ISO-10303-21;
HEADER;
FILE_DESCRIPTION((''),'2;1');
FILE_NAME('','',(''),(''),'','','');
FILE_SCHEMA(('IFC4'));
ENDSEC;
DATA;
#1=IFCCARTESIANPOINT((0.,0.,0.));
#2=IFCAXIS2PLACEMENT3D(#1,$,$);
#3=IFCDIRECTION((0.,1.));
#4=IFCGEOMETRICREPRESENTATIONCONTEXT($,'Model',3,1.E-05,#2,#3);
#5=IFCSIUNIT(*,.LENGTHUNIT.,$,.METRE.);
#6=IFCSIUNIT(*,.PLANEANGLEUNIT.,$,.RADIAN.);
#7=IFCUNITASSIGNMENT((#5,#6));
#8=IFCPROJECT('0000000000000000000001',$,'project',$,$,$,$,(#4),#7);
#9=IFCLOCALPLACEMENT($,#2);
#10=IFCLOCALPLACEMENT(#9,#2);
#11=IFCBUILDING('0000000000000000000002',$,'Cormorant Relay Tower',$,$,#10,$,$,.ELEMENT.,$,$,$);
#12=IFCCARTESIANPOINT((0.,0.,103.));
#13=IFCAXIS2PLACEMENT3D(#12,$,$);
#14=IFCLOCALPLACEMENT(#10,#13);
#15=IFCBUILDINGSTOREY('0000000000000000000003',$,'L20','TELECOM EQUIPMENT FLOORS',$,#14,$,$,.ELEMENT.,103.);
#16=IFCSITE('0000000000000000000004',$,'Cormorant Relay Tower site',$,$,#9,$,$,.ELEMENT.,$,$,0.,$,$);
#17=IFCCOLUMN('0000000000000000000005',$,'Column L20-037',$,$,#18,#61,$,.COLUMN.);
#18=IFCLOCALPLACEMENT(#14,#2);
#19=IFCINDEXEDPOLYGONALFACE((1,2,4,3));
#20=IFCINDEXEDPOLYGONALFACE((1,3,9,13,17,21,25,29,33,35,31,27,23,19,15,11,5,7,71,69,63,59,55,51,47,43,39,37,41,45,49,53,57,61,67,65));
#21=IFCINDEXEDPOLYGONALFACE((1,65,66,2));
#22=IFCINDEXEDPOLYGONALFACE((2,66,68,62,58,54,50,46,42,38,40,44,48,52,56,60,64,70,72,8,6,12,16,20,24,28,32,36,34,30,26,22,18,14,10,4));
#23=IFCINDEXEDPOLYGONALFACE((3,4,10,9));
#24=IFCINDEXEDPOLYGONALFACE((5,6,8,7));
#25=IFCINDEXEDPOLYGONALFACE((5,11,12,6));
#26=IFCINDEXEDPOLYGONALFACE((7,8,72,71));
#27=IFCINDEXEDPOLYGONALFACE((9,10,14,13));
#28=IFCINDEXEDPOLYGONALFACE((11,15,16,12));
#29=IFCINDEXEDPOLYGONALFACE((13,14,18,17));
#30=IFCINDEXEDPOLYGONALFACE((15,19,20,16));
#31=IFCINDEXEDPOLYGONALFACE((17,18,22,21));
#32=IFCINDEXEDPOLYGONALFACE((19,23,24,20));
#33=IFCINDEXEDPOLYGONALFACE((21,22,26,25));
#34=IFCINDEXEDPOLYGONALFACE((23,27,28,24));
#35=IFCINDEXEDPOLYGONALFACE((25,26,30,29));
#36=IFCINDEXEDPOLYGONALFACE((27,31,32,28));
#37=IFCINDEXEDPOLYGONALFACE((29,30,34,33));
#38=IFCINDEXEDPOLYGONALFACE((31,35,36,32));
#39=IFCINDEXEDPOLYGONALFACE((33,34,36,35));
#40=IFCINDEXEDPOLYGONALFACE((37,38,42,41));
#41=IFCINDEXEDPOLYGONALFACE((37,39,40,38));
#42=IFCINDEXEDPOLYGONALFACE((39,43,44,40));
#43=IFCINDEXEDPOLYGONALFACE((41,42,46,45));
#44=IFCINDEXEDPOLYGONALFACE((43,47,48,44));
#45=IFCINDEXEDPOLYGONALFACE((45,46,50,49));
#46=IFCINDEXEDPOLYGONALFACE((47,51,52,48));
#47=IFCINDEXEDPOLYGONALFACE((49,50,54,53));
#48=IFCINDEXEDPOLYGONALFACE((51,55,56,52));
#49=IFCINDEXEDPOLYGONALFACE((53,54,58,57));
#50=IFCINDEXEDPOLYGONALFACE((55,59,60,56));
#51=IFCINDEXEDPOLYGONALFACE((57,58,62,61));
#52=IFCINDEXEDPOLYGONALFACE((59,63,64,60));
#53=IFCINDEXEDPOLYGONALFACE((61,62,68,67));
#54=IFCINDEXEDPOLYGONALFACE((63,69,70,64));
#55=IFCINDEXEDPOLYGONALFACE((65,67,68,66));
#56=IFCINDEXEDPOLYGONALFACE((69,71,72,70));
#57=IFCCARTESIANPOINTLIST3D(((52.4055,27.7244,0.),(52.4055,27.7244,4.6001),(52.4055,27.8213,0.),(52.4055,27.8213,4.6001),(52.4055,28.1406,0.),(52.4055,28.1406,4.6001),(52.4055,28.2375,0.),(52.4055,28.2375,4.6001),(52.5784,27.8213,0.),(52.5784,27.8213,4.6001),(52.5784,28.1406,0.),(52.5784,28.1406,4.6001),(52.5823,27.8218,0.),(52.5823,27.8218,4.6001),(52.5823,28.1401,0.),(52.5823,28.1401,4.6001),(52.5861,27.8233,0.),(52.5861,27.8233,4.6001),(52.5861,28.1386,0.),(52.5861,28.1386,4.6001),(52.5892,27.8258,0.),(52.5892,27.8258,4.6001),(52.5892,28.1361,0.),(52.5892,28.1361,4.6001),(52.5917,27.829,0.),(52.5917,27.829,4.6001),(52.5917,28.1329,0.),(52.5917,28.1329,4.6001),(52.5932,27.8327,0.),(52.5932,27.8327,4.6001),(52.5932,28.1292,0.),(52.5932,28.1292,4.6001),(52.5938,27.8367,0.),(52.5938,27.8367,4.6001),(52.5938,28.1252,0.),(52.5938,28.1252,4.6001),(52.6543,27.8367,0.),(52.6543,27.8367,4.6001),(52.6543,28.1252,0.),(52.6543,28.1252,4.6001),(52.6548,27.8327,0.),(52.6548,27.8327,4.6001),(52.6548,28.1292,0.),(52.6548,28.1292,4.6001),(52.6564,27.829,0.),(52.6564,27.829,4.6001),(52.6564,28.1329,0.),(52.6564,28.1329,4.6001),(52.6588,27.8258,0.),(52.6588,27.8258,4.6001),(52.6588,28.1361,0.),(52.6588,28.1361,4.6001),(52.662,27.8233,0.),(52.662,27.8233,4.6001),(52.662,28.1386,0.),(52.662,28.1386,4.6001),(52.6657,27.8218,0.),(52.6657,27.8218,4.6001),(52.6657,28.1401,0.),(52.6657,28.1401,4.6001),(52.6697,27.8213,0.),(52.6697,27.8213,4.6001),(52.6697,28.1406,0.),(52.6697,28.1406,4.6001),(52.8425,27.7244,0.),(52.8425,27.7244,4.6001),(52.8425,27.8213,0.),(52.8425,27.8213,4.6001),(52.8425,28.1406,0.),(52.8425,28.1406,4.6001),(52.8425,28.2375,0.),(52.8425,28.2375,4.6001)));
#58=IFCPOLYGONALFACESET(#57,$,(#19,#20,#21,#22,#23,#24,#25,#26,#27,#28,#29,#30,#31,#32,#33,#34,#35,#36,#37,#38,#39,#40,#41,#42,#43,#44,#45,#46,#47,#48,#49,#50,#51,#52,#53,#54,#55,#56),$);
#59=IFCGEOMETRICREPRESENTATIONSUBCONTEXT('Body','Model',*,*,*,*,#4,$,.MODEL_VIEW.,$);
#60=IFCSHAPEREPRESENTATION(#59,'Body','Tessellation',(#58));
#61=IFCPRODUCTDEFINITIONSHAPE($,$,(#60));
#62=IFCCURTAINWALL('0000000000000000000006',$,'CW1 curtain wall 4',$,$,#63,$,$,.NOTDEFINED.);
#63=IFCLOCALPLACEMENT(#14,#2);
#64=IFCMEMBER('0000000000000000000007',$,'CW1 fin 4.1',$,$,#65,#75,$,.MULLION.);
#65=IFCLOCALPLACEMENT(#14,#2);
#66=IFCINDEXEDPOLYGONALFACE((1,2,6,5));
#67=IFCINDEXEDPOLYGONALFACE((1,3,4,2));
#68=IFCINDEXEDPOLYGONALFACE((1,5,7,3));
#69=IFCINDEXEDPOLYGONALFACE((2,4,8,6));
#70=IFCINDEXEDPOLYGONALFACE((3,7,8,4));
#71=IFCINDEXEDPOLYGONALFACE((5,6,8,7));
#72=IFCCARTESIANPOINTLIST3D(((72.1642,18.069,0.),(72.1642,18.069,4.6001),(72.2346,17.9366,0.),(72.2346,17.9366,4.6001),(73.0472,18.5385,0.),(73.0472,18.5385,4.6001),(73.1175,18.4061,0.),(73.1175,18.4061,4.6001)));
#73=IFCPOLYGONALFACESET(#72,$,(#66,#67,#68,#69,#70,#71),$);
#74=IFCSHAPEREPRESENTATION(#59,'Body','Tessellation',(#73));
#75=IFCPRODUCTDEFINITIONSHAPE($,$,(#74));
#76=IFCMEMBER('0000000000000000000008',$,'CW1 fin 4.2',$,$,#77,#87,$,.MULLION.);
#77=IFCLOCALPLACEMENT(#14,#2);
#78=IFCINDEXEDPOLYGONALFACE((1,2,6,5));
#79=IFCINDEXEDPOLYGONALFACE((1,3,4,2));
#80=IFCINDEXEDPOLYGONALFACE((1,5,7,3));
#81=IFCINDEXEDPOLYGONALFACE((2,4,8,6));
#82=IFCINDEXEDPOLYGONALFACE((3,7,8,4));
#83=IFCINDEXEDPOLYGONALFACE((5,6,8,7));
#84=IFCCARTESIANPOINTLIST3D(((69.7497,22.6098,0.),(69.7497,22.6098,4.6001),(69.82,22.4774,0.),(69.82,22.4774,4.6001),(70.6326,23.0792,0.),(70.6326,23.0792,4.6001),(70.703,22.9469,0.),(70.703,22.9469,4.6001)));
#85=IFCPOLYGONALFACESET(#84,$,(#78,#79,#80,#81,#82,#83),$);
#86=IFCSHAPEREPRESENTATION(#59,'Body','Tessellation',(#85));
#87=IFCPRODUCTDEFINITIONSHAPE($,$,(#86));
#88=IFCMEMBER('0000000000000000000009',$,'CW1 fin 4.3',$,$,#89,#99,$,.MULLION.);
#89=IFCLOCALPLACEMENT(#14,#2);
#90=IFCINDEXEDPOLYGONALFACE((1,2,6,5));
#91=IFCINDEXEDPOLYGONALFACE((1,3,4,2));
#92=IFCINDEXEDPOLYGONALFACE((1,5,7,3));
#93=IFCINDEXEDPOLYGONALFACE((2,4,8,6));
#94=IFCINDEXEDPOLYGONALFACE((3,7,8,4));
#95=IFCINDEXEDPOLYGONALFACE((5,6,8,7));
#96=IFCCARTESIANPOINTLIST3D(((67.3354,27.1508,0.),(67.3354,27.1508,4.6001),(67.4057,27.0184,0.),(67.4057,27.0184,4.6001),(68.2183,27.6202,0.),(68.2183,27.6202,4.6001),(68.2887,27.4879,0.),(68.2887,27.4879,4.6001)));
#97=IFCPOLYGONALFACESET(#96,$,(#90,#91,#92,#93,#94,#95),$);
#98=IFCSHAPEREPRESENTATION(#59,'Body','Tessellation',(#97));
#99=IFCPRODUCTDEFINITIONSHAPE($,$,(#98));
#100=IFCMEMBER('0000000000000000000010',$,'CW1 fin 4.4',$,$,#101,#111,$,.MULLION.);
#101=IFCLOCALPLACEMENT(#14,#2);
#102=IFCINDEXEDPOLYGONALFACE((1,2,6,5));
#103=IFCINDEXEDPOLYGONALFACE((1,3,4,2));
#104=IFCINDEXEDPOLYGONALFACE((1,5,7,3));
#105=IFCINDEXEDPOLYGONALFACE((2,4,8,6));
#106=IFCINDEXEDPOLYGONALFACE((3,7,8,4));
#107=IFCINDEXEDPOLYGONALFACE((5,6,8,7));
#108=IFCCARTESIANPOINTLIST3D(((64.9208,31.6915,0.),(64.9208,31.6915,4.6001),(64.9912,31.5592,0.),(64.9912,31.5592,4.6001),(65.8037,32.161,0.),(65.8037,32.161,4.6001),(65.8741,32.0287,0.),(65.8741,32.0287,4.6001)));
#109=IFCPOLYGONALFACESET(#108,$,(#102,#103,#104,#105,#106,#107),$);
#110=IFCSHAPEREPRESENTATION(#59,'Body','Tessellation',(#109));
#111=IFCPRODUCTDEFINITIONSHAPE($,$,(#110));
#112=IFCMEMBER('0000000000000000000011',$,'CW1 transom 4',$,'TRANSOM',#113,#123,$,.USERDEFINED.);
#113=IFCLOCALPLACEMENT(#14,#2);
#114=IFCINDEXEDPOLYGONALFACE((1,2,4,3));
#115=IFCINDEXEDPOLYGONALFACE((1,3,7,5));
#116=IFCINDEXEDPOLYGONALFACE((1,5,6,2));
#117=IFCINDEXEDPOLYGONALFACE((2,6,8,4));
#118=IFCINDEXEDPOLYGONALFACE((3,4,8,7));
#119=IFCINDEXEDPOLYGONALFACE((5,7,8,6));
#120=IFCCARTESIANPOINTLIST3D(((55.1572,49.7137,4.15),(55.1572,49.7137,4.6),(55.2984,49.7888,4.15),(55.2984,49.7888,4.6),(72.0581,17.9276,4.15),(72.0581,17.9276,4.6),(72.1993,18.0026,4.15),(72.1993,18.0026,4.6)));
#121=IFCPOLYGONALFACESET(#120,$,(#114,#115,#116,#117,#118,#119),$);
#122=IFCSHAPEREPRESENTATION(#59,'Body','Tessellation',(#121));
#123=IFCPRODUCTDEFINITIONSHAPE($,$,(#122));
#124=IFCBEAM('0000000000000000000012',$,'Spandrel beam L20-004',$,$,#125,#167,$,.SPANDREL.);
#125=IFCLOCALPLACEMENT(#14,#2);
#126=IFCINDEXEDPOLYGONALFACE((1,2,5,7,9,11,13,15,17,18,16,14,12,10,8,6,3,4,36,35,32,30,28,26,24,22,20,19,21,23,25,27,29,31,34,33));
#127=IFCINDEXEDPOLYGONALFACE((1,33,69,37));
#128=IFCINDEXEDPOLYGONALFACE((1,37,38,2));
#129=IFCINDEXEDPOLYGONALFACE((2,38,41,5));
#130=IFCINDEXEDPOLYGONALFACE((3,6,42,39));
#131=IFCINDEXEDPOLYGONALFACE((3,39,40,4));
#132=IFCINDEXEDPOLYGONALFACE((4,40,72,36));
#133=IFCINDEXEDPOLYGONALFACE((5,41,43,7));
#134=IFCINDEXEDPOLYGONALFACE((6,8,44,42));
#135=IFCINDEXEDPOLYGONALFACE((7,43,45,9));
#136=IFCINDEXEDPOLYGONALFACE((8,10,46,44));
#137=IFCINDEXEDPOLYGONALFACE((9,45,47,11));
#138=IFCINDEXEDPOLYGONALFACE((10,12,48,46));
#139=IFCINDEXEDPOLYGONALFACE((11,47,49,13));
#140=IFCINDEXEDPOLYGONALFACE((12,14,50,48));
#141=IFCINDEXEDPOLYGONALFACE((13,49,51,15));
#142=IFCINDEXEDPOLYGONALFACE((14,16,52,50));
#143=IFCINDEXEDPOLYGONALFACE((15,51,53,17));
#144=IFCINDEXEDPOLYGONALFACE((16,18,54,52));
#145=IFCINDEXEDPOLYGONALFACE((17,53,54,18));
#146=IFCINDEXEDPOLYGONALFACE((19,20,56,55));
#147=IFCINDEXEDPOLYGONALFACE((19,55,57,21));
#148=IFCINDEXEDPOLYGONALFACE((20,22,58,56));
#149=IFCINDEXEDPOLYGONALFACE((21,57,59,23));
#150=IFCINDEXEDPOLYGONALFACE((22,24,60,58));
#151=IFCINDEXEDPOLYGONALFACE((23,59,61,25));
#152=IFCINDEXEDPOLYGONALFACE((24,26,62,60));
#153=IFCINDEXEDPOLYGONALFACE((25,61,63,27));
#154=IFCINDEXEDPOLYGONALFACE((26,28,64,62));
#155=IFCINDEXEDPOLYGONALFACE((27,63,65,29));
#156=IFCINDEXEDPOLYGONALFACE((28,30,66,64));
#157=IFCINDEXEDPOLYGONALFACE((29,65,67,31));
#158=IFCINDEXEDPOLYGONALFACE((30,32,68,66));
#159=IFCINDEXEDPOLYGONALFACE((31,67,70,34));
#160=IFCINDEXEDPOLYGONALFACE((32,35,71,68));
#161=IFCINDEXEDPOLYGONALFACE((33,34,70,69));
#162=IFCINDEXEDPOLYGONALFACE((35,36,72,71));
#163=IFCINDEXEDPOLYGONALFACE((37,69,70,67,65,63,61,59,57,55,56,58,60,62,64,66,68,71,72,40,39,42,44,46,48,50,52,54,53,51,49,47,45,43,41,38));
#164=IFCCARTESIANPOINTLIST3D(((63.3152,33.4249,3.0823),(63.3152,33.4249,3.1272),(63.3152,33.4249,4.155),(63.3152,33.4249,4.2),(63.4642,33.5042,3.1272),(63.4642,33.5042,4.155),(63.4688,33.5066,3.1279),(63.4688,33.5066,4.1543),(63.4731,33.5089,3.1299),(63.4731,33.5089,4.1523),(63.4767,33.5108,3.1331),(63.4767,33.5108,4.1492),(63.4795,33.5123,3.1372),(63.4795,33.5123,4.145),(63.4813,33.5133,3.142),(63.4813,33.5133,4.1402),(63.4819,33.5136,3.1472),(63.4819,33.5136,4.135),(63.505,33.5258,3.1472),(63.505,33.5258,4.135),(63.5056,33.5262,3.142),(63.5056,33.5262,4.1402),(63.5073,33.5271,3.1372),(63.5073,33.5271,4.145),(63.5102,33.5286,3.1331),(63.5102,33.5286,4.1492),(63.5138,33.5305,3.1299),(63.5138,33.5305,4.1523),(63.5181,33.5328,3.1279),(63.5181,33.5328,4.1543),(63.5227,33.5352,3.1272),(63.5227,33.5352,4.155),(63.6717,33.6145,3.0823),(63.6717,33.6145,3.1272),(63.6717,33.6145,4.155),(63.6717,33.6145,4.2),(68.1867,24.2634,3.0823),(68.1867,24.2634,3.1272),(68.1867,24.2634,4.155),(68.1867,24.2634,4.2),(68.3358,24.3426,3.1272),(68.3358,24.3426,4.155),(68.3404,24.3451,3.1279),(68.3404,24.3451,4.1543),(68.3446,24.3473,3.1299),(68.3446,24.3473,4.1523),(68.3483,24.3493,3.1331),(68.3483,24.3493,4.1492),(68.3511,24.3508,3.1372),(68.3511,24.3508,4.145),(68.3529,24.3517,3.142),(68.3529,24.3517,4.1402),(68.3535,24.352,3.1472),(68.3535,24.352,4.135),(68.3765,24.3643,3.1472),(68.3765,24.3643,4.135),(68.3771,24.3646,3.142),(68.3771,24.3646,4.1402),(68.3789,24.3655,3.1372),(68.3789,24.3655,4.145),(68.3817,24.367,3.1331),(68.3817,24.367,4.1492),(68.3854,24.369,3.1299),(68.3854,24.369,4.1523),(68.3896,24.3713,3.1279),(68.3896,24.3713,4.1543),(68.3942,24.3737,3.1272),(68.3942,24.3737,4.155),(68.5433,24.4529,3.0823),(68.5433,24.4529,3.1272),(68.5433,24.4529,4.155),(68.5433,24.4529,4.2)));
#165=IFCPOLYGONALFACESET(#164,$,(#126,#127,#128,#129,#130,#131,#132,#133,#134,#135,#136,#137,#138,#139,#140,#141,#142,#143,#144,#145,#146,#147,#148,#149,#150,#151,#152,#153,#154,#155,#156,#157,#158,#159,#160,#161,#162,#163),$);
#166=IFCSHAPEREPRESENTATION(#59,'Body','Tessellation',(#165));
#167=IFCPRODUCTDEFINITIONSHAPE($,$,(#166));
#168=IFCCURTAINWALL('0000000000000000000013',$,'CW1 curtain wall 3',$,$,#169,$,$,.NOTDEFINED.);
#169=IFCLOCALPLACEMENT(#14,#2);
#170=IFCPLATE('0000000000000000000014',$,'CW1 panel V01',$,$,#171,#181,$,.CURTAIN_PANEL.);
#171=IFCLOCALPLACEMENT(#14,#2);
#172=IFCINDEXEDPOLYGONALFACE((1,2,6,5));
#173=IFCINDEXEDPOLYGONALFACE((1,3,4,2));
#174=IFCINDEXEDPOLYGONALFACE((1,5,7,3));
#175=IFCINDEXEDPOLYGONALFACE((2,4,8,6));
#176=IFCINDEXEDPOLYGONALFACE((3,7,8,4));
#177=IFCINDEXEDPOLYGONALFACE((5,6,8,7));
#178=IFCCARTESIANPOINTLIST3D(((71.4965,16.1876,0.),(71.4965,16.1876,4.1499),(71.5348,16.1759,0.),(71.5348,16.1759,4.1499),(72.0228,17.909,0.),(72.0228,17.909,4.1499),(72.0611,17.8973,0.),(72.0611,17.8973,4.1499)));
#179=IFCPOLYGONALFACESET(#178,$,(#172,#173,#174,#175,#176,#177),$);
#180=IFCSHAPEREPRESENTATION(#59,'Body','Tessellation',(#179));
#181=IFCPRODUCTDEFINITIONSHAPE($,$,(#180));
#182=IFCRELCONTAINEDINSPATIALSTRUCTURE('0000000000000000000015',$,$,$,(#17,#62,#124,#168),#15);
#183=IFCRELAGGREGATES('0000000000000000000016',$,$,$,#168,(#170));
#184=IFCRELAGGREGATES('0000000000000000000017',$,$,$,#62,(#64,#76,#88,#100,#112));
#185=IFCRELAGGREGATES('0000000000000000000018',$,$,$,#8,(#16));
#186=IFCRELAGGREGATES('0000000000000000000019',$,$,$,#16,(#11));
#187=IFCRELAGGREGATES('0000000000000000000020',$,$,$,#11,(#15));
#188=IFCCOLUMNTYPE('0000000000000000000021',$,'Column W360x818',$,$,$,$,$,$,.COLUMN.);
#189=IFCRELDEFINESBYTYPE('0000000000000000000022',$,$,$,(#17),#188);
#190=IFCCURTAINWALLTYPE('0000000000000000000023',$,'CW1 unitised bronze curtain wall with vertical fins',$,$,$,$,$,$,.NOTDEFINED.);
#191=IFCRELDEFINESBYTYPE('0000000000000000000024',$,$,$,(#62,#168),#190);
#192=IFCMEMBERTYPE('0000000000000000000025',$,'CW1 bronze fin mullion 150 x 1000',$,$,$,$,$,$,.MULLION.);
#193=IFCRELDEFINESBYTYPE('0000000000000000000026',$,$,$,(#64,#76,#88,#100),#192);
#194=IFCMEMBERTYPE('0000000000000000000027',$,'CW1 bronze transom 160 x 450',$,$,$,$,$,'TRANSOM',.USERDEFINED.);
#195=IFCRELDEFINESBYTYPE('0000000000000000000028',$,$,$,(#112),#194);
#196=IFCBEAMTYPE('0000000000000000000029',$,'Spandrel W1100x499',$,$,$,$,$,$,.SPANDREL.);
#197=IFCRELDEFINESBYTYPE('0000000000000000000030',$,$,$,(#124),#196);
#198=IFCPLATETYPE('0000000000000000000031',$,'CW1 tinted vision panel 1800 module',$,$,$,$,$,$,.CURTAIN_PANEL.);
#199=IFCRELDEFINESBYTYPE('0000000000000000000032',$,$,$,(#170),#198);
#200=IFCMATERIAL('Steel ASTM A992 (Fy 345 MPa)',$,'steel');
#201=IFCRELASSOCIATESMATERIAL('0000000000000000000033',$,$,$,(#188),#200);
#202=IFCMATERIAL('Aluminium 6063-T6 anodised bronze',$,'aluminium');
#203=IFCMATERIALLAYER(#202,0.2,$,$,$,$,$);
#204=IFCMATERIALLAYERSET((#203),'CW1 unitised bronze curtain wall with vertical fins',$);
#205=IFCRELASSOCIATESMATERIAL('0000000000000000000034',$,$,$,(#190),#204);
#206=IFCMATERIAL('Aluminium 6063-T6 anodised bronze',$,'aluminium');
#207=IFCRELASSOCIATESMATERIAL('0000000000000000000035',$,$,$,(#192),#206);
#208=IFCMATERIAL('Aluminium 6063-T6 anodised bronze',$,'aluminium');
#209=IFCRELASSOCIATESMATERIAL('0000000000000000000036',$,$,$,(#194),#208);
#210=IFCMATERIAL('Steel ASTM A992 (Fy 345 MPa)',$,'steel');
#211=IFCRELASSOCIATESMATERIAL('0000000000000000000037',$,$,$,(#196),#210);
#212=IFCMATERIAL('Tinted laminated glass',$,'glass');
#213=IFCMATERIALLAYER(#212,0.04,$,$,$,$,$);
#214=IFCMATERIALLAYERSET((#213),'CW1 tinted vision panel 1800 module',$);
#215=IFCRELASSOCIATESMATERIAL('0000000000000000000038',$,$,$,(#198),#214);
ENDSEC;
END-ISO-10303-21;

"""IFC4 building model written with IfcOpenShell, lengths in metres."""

from ifc_helpers import new_model, si_unit, direction, frame, origin, origin_2d, place, context, subcontext, project, spatial, rectangle, i_section, extrude, material, layer, layer_set, material_profile, profile_set, type_object, element, aggregate, save


model = new_model("IFC4")

# Units and contexts
model_context = context("Model", 3, precision=1e-05, world=origin(), true_north=direction((0.0, 1.0)))
body_context = subcontext(model_context, "Body", "Model", "MODEL_VIEW")
ifc_project = project(units=[si_unit("LENGTHUNIT", "METRE"), si_unit("PLANEANGLEUNIT", "RADIAN")], contexts=[model_context])

# Site, building, storey
site_placement = place(None, origin())
site = spatial("IfcSite", under=ifc_project, at=site_placement, Name="Cormorant Relay Tower site", CompositionType="ELEMENT", RefElevation=0.0)
building_placement = place(site_placement, origin())
building = spatial("IfcBuilding", under=site, at=building_placement, Name="Cormorant Relay Tower", CompositionType="ELEMENT")
storey_placement = place(building_placement, frame((0.0, 0.0, 103.0)))
storey = spatial("IfcBuildingStorey", under=building, at=storey_placement, Name="L20", Description="TELECOM EQUIPMENT FLOORS", CompositionType="ELEMENT", Elevation=103.0)

# Column
ifc_material_1 = material(Name="Steel ASTM A992 (Fy 345 MPa)", Category="steel")
ifc_material_profile_1 = material_profile(ifc_material_1, i_section(OverallWidth=0.437, OverallDepth=0.5132, WebThickness=0.0605, FlangeThickness=0.0969, FilletRadius=0.0154, at=origin_2d()), Name="W360x818")
ifc_profile_set_1 = profile_set([ifc_material_profile_1], Name="Steel ASTM A992 (Fy 345 MPa)")
column_type_1 = type_object("IfcColumnType", Name="Column W360x818", PredefinedType="COLUMN", material=ifc_profile_set_1)
for number, where, z_axis, x_axis, name in (
    (1, (52.624, 27.981, 0.0), (0.0, 0.0, 1.0), (1.0, 0.0, 0.0), "Column L20-037"),
):
    element("IfcColumn", number, at=place(storey_placement, frame(where, z_axis=z_axis, x_axis=x_axis)), inside=storey, type_object=column_type_1, Name=name, PredefinedType="COLUMN", context=body_context, shape_type="SweptSolid", body=[
        extrude(i_section(OverallWidth=0.437, OverallDepth=0.5132, WebThickness=0.0605, FlangeThickness=0.0969, FilletRadius=0.0154, at=origin_2d()), origin(), (0.0, 0.0, 1.0), 4.6001),
    ])

# Curtain wall, members
ifc_material_2 = material(Name="Aluminium 6063-T6 anodised bronze", Category="aluminium")
ifc_layer_1 = layer(ifc_material_2, 0.2)
ifc_layer_set_1 = layer_set([ifc_layer_1], Name="CW1 unitised bronze curtain wall with vertical fins")
curtain_wall_type = type_object("IfcCurtainWallType", Name="CW1 unitised bronze curtain wall with vertical fins", PredefinedType="NOTDEFINED", material=ifc_layer_set_1)
curtain_wall_1_placement = place(storey_placement, origin())
curtain_wall_1 = element("IfcCurtainWall", 2, at=curtain_wall_1_placement, inside=storey, type_object=curtain_wall_type, Name="CW1 curtain wall 4", PredefinedType="NOTDEFINED")
ifc_material_3 = material(Name="Aluminium 6063-T6 anodised bronze", Category="aluminium")
ifc_material_profile_2 = material_profile(ifc_material_3, rectangle(XDim=0.1499, YDim=1.0, at=origin_2d()), Name="AL 150x1000")
ifc_profile_set_2 = profile_set([ifc_material_profile_2], Name="Aluminium 6063-T6 anodised bronze")
member_type_1 = type_object("IfcMemberType", Name="CW1 bronze fin mullion 150 x 1000", PredefinedType="MULLION", material=ifc_profile_set_2)
member_1_placement = place(storey_placement, frame((72.6409, 18.2375, 0.0), z_axis=(0.0, 0.0, 1.0), x_axis=(-0.469472, 0.882948, 0.0)))
member_1 = element("IfcMember", 3, at=member_1_placement, type_object=member_type_1, Name="CW1 fin 4.1", PredefinedType="MULLION", context=body_context, shape_type="SweptSolid", body=[
    extrude(rectangle(XDim=0.1499, YDim=1.0, at=origin_2d()), origin(), (0.0, 0.0, 1.0), 4.6001),
])
member_2_placement = place(storey_placement, frame((70.2263, 22.7783, 0.0), z_axis=(0.0, 0.0, 1.0), x_axis=(-0.469472, 0.882948, 0.0)))
member_2 = element("IfcMember", 4, at=member_2_placement, type_object=member_type_1, Name="CW1 fin 4.2", PredefinedType="MULLION", context=body_context, shape_type="SweptSolid", body=[
    extrude(rectangle(XDim=0.1499, YDim=1.0, at=origin_2d()), origin(), (0.0, 0.0, 1.0), 4.6001),
])
member_3_placement = place(storey_placement, frame((67.812, 27.3193, 0.0), z_axis=(0.0, 0.0, 1.0), x_axis=(-0.469472, 0.882948, 0.0)))
member_3 = element("IfcMember", 5, at=member_3_placement, type_object=member_type_1, Name="CW1 fin 4.3", PredefinedType="MULLION", context=body_context, shape_type="SweptSolid", body=[
    extrude(rectangle(XDim=0.1499, YDim=1.0, at=origin_2d()), origin(), (0.0, 0.0, 1.0), 4.6001),
])
member_4_placement = place(storey_placement, frame((65.3975, 31.8601, 0.0), z_axis=(0.0, 0.0, 1.0), x_axis=(-0.469472, 0.882948, 0.0)))
member_4 = element("IfcMember", 6, at=member_4_placement, type_object=member_type_1, Name="CW1 fin 4.4", PredefinedType="MULLION", context=body_context, shape_type="SweptSolid", body=[
    extrude(rectangle(XDim=0.1499, YDim=1.0, at=origin_2d()), origin(), (0.0, 0.0, 1.0), 4.6001),
])
ifc_material_4 = material(Name="Aluminium 6063-T6 anodised bronze", Category="aluminium")
ifc_material_profile_3 = material_profile(ifc_material_4, rectangle(XDim=0.1599, YDim=0.45, at=origin_2d()), Name="AL 160x450")
ifc_profile_set_3 = profile_set([ifc_material_profile_3], Name="Aluminium 6063-T6 anodised bronze")
member_type_2 = type_object("IfcMemberType", Name="CW1 bronze transom 160 x 450", ElementType="TRANSOM", PredefinedType="USERDEFINED", material=ifc_profile_set_3)
member_5_placement = place(storey_placement, frame((72.1287, 17.9651, 4.375), z_axis=(-0.469469, 0.882949, 0.0), x_axis=(-0.882949, -0.469469, 0.0)))
member_5 = element("IfcMember", 7, at=member_5_placement, type_object=member_type_2, Name="CW1 transom 4", ObjectType="TRANSOM", PredefinedType="USERDEFINED", context=body_context, shape_type="SweptSolid", body=[
    extrude(rectangle(XDim=0.1599, YDim=0.45, at=origin_2d()), origin(), (0.0, 0.0, 1.0), 36.0),
])

# Beam
ifc_material_5 = material(Name="Steel ASTM A992 (Fy 345 MPa)", Category="steel")
ifc_material_profile_4 = material_profile(ifc_material_5, i_section(OverallWidth=0.4038, OverallDepth=1.1177, WebThickness=0.0261, FlangeThickness=0.0449, FilletRadius=0.02, at=origin_2d()), Name="W1100x499")
ifc_profile_set_4 = profile_set([ifc_material_profile_4], Name="Steel ASTM A992 (Fy 345 MPa)")
beam_type = type_object("IfcBeamType", Name="Spandrel W1100x499", PredefinedType="SPANDREL", material=ifc_profile_set_4)
beam_placement = place(storey_placement, frame((68.365, 24.3582, 3.6411), z_axis=(-0.469491, 0.882937, 0.0), x_axis=(-0.882937, -0.469491, 0.0)))
element("IfcBeam", 8, at=beam_placement, inside=storey, type_object=beam_type, Name="Spandrel beam L20-004", PredefinedType="SPANDREL", context=body_context, shape_type="SweptSolid", body=[
    extrude(i_section(OverallWidth=0.4038, OverallDepth=1.1177, WebThickness=0.0261, FlangeThickness=0.0449, FilletRadius=0.02, at=origin_2d()), origin(), (0.0, 0.0, 1.0), 10.3762),
])

# Curtain wall, plate
curtain_wall_2_placement = place(storey_placement, origin())
curtain_wall_2 = element("IfcCurtainWall", 9, at=curtain_wall_2_placement, inside=storey, type_object=curtain_wall_type, Name="CW1 curtain wall 3", PredefinedType="NOTDEFINED")
ifc_material_6 = material(Name="Tinted laminated glass", Category="glass")
ifc_layer_2 = layer(ifc_material_6, 0.04)
ifc_layer_set_2 = layer_set([ifc_layer_2], Name="CW1 tinted vision panel 1800 module")
plate_type_1 = type_object("IfcPlateType", Name="CW1 tinted vision panel 1800 module", PredefinedType="CURTAIN_PANEL", material=ifc_layer_set_2)
plate_1_placement = place(storey_placement, frame((71.7788, 17.0425, 0.0), z_axis=(0.0, 0.0, 1.0), x_axis=(0.292372, 0.956305, 0.0)))
plate_1 = element("IfcPlate", 10, at=plate_1_placement, type_object=plate_type_1, Name="CW1 panel V01", PredefinedType="CURTAIN_PANEL", context=body_context, shape_type="SweptSolid", body=[
    extrude(rectangle(XDim=1.8, YDim=0.04, at=origin_2d()), origin(), (0.0, 0.0, 1.0), 4.1499),
])
aggregate(curtain_wall_2, [plate_1])

aggregate(curtain_wall_1, [member_1, member_2, member_3, member_4, member_5])

save(model, "model.ifc")
